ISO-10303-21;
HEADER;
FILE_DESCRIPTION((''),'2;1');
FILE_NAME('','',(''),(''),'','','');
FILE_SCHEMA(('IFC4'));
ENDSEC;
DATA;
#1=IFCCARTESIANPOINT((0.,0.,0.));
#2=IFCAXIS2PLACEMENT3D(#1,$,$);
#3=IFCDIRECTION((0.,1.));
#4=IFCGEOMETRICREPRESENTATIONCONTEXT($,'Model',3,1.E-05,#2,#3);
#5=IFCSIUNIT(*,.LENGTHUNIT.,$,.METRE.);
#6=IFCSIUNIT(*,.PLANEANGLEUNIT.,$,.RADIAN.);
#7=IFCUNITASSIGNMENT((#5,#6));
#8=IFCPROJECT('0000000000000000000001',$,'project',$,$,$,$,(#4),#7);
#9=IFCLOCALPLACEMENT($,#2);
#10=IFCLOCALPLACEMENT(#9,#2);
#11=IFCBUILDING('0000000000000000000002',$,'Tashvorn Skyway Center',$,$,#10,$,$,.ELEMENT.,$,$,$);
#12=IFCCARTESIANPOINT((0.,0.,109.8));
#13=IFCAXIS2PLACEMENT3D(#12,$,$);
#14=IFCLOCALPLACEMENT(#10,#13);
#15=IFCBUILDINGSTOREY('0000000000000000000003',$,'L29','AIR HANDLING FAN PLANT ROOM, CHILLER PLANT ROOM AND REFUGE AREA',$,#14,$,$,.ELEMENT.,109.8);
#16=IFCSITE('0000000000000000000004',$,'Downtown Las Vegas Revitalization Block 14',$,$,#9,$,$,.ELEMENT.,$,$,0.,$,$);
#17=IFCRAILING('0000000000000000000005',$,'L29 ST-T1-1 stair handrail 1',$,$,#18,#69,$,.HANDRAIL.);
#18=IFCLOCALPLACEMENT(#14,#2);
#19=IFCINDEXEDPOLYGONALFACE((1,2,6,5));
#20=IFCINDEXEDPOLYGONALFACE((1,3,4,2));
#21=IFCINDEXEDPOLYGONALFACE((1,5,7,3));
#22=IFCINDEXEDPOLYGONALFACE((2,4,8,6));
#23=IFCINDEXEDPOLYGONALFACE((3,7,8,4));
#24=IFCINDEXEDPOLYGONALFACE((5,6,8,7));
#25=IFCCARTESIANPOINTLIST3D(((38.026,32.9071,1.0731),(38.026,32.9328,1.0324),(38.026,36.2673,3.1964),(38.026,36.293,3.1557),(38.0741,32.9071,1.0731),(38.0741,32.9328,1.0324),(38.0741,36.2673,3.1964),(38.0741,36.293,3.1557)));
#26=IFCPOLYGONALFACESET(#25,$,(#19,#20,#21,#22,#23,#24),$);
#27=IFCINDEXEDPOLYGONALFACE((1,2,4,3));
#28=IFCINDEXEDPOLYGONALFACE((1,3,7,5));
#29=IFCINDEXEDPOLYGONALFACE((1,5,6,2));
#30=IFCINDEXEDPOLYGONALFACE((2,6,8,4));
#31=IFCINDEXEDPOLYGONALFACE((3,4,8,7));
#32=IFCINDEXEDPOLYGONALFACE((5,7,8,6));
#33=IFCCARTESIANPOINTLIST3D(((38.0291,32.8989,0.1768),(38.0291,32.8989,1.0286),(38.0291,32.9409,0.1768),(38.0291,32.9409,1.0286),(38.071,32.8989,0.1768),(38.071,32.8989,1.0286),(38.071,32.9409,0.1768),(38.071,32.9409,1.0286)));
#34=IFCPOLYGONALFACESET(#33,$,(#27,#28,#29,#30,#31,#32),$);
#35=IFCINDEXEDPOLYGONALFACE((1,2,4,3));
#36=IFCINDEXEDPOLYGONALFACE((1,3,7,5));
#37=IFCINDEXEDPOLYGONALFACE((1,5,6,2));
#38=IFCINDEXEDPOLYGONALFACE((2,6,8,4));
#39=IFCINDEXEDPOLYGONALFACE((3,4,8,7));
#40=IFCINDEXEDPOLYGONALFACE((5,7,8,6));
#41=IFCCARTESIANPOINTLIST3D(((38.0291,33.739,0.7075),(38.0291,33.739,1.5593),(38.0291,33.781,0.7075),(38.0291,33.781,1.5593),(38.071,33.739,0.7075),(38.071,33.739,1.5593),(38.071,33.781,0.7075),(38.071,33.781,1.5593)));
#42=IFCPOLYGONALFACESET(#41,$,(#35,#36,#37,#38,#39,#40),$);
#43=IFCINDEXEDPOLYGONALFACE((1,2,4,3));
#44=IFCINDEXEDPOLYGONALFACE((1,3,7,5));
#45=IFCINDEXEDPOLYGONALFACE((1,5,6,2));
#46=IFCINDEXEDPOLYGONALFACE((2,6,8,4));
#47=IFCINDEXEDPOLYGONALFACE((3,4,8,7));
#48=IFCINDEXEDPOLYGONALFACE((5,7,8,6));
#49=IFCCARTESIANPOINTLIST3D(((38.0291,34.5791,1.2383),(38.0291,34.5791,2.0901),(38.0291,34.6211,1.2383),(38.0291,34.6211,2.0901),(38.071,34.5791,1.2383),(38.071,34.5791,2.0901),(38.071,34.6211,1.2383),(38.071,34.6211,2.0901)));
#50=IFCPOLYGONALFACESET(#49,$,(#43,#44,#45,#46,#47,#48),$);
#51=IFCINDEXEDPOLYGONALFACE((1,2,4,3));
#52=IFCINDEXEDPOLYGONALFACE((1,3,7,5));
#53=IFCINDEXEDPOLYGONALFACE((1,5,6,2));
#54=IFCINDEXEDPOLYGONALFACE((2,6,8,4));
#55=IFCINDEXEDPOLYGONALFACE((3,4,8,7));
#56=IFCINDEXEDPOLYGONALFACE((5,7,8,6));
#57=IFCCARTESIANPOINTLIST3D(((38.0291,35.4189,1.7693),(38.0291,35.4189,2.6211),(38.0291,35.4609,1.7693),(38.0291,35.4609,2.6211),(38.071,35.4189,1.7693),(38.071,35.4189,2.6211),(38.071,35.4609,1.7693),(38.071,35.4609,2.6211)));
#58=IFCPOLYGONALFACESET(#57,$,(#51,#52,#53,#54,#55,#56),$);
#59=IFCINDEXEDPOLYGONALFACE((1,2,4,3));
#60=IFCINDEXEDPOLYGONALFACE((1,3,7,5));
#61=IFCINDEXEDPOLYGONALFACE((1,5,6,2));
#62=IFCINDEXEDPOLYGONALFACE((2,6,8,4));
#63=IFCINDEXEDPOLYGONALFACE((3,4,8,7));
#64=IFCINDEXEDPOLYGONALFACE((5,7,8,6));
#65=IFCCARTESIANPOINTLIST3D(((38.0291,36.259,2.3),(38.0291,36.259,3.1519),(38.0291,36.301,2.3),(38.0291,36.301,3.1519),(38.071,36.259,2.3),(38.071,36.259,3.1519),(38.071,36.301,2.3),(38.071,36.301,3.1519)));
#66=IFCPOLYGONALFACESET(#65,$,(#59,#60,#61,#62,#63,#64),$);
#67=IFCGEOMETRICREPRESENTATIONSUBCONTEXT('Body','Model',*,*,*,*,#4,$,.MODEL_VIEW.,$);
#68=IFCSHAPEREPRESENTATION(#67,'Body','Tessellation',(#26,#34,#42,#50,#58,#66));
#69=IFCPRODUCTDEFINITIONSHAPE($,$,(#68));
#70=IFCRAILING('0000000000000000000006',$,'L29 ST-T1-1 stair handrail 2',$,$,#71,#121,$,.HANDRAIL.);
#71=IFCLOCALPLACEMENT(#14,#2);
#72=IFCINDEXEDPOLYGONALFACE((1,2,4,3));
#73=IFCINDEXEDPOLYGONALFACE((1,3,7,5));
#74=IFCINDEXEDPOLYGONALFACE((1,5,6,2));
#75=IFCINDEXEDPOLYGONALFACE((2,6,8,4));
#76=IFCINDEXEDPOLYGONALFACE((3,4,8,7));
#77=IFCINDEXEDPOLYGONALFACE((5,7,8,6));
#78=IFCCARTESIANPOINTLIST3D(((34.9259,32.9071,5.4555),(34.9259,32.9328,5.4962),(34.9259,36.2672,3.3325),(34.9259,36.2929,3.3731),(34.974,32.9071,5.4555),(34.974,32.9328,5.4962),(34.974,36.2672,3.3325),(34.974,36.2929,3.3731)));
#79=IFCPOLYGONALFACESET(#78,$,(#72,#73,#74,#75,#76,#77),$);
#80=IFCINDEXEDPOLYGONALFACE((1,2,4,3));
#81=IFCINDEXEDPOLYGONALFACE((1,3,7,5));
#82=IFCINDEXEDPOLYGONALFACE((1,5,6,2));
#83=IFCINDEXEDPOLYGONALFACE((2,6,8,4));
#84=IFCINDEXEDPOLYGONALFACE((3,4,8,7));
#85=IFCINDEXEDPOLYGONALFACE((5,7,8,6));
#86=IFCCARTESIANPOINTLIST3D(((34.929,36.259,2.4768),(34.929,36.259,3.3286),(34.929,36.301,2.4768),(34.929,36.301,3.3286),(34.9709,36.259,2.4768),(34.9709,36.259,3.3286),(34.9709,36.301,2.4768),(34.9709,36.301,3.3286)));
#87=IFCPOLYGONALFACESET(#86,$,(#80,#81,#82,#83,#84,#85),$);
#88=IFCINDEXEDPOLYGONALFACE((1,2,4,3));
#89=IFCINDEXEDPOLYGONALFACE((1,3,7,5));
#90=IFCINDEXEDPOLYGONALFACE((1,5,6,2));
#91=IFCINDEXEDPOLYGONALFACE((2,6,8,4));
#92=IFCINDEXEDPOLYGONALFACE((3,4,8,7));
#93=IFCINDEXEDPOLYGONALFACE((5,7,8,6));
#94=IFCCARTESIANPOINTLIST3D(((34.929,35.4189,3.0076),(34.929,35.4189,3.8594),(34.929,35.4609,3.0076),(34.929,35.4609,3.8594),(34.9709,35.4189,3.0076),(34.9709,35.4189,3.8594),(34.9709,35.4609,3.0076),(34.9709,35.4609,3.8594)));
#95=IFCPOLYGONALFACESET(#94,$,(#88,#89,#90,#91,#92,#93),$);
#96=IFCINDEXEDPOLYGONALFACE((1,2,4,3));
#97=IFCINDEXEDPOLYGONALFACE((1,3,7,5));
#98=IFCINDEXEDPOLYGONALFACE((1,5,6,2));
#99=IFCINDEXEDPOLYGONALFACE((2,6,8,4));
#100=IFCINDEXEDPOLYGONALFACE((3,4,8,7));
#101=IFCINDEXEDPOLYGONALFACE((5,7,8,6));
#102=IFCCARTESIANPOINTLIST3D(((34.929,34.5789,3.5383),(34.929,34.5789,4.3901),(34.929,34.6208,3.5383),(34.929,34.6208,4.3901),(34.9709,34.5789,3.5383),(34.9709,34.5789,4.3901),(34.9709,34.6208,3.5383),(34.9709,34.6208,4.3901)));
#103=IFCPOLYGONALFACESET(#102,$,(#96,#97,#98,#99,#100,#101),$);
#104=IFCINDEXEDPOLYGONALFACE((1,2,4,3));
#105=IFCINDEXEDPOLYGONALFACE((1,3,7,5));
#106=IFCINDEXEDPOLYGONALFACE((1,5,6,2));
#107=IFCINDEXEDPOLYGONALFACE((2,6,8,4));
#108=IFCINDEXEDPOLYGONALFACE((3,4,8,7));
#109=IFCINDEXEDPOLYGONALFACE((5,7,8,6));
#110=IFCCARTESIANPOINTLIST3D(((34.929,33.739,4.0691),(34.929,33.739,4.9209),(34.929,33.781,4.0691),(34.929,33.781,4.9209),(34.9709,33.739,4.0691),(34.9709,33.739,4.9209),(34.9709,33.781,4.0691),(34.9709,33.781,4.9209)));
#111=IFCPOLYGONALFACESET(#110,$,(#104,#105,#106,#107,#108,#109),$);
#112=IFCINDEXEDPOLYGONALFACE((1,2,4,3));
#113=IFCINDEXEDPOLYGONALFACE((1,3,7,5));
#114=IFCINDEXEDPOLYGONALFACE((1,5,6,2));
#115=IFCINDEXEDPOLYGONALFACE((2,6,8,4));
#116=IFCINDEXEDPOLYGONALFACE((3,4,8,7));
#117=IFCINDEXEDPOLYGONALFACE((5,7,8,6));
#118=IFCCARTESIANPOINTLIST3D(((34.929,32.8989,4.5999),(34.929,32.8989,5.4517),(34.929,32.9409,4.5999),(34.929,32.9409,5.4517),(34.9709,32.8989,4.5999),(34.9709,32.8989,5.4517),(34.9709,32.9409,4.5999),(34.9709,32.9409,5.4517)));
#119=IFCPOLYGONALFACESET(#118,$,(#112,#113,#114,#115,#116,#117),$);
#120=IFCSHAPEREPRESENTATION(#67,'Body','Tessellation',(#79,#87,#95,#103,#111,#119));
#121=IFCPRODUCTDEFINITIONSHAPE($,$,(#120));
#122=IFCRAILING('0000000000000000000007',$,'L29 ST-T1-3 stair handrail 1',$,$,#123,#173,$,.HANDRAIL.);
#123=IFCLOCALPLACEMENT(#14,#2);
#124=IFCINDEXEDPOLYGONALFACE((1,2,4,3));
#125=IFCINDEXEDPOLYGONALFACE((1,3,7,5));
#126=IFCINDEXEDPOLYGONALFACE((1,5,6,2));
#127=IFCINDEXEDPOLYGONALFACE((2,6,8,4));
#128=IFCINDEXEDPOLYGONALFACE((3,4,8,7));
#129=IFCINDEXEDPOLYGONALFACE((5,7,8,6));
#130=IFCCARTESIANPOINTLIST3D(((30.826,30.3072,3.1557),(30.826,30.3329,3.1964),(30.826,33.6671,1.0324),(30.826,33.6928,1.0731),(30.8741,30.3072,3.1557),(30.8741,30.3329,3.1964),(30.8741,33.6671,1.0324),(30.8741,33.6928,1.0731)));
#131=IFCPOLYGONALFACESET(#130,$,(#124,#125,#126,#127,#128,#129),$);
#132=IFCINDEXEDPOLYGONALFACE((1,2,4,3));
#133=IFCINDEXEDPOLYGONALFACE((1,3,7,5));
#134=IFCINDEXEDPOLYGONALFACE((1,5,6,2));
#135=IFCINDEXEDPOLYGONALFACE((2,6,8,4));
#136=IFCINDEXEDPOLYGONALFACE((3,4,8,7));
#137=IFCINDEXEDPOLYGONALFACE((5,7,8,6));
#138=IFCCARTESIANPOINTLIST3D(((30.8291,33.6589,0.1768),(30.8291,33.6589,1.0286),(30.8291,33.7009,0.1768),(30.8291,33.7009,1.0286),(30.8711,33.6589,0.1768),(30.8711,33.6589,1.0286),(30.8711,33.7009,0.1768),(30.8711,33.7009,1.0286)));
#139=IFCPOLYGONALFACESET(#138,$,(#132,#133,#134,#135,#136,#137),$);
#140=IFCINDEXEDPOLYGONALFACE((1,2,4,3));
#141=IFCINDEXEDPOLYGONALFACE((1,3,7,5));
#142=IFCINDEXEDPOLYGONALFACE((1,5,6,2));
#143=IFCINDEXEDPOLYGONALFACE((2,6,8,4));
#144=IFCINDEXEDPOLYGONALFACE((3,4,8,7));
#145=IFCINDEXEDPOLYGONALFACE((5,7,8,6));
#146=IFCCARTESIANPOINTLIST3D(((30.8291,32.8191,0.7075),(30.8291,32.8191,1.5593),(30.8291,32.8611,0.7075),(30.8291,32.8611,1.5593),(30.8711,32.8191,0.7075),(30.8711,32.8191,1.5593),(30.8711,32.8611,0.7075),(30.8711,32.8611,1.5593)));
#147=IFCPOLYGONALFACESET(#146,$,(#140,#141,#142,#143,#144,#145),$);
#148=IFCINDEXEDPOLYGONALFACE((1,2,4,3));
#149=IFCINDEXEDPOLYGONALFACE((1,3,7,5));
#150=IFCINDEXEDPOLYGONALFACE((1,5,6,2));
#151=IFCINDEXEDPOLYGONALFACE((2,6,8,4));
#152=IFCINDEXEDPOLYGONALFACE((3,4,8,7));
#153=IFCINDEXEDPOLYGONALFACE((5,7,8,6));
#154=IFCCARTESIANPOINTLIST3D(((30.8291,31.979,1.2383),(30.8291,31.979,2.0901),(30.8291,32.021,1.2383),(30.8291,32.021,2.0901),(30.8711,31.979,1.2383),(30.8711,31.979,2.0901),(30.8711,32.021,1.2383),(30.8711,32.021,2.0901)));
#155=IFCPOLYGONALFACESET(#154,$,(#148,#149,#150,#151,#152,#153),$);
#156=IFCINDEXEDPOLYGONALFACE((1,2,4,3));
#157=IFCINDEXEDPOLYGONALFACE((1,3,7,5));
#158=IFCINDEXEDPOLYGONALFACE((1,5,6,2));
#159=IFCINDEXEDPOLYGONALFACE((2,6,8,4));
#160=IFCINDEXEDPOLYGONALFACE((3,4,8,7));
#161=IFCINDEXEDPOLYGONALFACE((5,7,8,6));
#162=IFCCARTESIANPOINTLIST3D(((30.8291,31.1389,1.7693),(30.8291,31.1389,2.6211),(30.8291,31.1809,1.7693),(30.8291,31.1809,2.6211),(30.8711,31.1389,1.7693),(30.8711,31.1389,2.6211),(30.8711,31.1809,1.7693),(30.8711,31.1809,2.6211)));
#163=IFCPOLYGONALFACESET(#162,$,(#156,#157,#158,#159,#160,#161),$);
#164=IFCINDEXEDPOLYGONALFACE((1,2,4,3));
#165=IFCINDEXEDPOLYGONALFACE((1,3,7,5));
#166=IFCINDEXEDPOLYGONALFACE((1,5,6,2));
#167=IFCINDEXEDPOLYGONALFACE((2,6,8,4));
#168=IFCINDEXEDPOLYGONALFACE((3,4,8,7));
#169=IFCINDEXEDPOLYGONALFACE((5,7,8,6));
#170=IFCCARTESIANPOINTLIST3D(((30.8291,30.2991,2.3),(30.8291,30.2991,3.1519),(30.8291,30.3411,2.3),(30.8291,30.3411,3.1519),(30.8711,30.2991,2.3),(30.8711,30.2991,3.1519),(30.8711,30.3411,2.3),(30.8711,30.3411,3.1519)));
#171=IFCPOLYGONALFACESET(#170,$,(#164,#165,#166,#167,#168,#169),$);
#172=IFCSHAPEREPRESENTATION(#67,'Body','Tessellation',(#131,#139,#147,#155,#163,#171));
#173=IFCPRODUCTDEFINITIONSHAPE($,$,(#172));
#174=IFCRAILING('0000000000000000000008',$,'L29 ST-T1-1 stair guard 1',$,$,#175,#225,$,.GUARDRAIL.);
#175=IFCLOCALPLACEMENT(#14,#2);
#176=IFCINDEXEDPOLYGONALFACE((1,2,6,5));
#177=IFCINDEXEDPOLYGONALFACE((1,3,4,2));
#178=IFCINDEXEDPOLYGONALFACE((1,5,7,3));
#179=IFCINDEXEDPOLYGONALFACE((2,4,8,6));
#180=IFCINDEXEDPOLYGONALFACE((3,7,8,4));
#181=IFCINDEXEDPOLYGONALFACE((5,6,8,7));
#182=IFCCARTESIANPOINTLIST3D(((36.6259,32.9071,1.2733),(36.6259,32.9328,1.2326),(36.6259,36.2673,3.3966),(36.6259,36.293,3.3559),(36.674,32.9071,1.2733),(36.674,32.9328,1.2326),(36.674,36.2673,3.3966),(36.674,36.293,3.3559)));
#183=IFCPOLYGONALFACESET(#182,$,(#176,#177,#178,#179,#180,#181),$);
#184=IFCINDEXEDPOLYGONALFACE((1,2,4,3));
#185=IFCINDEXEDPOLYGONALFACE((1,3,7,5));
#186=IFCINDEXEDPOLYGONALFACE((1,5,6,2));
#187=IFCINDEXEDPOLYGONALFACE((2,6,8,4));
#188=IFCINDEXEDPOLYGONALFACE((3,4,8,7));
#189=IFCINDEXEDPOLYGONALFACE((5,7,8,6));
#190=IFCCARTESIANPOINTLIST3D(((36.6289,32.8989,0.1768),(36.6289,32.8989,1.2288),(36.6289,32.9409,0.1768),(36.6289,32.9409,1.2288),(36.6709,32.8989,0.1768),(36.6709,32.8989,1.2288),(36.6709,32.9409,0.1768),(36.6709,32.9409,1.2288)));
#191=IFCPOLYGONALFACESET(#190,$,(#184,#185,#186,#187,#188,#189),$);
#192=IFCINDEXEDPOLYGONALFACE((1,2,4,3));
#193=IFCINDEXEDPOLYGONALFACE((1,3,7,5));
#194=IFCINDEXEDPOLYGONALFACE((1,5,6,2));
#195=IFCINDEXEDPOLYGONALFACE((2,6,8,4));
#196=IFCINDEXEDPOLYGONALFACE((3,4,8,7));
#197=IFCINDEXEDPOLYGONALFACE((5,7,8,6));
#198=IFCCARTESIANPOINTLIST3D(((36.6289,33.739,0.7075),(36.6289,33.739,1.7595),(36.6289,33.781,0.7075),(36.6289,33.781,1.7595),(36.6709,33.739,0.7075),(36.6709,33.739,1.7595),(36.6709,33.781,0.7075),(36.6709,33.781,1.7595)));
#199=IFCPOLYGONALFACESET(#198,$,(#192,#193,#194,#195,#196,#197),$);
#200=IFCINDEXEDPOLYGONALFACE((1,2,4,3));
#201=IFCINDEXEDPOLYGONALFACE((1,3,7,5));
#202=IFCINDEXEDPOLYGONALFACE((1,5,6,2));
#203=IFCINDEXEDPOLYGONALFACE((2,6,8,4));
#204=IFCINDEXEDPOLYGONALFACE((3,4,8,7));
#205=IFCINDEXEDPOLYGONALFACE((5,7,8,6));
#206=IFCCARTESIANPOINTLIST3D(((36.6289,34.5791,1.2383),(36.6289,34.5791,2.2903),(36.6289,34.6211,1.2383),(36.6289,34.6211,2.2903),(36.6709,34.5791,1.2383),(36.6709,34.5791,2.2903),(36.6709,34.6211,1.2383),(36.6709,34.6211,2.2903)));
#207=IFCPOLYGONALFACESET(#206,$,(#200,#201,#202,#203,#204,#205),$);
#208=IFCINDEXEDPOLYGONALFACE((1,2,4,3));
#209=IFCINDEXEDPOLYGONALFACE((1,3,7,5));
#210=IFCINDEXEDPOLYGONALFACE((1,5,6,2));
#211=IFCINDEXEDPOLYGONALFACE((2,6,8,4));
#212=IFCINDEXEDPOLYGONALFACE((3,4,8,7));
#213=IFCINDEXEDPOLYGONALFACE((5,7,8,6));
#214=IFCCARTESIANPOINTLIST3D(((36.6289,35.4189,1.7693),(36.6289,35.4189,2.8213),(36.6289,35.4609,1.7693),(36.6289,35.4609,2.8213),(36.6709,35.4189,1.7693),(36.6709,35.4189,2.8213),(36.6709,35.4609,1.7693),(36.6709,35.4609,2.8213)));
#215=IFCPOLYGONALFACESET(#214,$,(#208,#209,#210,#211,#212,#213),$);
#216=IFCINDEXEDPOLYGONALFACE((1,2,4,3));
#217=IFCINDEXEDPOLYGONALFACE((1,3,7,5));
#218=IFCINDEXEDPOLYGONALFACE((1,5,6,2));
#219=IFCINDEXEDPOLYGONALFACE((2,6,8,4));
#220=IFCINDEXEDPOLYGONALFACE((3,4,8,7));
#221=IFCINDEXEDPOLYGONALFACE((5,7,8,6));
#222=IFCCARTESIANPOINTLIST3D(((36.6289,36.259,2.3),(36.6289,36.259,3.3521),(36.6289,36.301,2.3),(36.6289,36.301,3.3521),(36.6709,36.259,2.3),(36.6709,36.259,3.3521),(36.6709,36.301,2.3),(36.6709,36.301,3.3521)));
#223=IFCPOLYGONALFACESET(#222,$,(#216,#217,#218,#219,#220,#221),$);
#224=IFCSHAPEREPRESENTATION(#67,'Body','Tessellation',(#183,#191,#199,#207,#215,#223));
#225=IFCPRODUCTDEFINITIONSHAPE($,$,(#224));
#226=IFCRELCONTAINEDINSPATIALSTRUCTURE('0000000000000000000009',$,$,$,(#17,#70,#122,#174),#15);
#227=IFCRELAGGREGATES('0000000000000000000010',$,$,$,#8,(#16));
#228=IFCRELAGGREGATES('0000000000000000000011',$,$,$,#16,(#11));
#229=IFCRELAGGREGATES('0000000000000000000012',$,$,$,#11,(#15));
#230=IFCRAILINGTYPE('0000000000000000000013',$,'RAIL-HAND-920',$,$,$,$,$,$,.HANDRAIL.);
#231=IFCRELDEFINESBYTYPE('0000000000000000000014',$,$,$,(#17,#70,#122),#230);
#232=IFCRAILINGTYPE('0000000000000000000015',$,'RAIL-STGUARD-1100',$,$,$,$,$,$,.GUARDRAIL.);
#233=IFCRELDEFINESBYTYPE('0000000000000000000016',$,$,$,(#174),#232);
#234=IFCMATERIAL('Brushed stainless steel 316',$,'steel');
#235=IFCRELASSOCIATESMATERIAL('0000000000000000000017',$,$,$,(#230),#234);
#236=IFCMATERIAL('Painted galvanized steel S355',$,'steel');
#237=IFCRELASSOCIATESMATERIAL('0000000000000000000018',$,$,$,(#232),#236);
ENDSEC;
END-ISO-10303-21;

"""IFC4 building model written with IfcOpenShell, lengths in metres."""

from ifc_helpers import new_model, si_unit, direction, frame, origin, origin_2d, place, context, subcontext, project, spatial, rectangle, extrude, material, type_object, element, save


model = new_model("IFC4")

# Units and contexts
model_context = context("Model", 3, precision=1e-05, world=origin(), true_north=direction((0.0, 1.0)))
body_context = subcontext(model_context, "Body", "Model", "MODEL_VIEW")
ifc_project = project(units=[si_unit("LENGTHUNIT", "METRE"), si_unit("PLANEANGLEUNIT", "RADIAN")], contexts=[model_context])

# Site, building, storey
site_placement = place(None, origin())
site = spatial("IfcSite", under=ifc_project, at=site_placement, Name="Downtown Las Vegas Revitalization Block 14", CompositionType="ELEMENT", RefElevation=0.0)
building_placement = place(site_placement, origin())
building = spatial("IfcBuilding", under=site, at=building_placement, Name="Tashvorn Skyway Center", CompositionType="ELEMENT")
storey_placement = place(building_placement, frame((0.0, 0.0, 109.8)))
storey = spatial("IfcBuildingStorey", under=building, at=storey_placement, Name="L29", Description="AIR HANDLING FAN PLANT ROOM, CHILLER PLANT ROOM AND REFUGE AREA", CompositionType="ELEMENT", Elevation=109.8)

# Railings
ifc_material_1 = material(Name="Brushed stainless steel 316", Category="steel")
railing_type_1 = type_object("IfcRailingType", Name="RAIL-HAND-920", PredefinedType="HANDRAIL", material=ifc_material_1)
railing_1_placement = place(storey_placement, frame((38.05, 32.9199, 0.1768)))
element("IfcRailing", 1, at=railing_1_placement, inside=storey, type_object=railing_type_1, Name="L29 ST-T1-1 stair handrail 1", PredefinedType="HANDRAIL", context=body_context, shape_type="SweptSolid", body=[
    extrude(rectangle(XDim=0.0481, YDim=0.0481, at=origin_2d()), frame((0.0, 0.0, 0.876), z_axis=(0.0, 0.845362, 0.534194), x_axis=(-1.0, 0.0, 0.0)), (0.0, 0.0, 1.0), 3.9749),
    extrude(rectangle(XDim=0.042, YDim=0.042, at=origin_2d()), origin(), (0.0, 0.0, 1.0), 0.8518),
    extrude(rectangle(XDim=0.042, YDim=0.042, at=origin_2d()), frame((0.0, 0.8401, 0.5308)), (0.0, 0.0, 1.0), 0.8518),
    extrude(rectangle(XDim=0.042, YDim=0.042, at=origin_2d()), frame((0.0, 1.6802, 1.0615)), (0.0, 0.0, 1.0), 0.8518),
    extrude(rectangle(XDim=0.042, YDim=0.042, at=origin_2d()), frame((0.0, 2.52, 1.5925)), (0.0, 0.0, 1.0), 0.8518),
    extrude(rectangle(XDim=0.042, YDim=0.042, at=origin_2d()), frame((0.0, 3.3601, 2.1233)), (0.0, 0.0, 1.0), 0.8518),
])
railing_2_placement = place(storey_placement, frame((34.95, 36.28, 2.4768)))
element("IfcRailing", 2, at=railing_2_placement, inside=storey, type_object=railing_type_1, Name="L29 ST-T1-1 stair handrail 2", PredefinedType="HANDRAIL", context=body_context, shape_type="SweptSolid", body=[
    extrude(rectangle(XDim=0.0481, YDim=0.0481, at=origin_2d()), frame((0.0, 0.0, 0.876), z_axis=(0.0, -0.84539, 0.53415), x_axis=(1.0, 0.0, 0.0)), (0.0, 0.0, 1.0), 3.9746),
    extrude(rectangle(XDim=0.042, YDim=0.042, at=origin_2d()), origin(), (0.0, 0.0, 1.0), 0.8518),
    extrude(rectangle(XDim=0.042, YDim=0.042, at=origin_2d()), frame((0.0, -0.8401, 0.5308)), (0.0, 0.0, 1.0), 0.8518),
    extrude(rectangle(XDim=0.042, YDim=0.042, at=origin_2d()), frame((0.0, -1.6802, 1.0615)), (0.0, 0.0, 1.0), 0.8518),
    extrude(rectangle(XDim=0.042, YDim=0.042, at=origin_2d()), frame((0.0, -2.52, 1.5923)), (0.0, 0.0, 1.0), 0.8518),
    extrude(rectangle(XDim=0.042, YDim=0.042, at=origin_2d()), frame((0.0, -3.3601, 2.123)), (0.0, 0.0, 1.0), 0.8518),
])
railing_3_placement = place(storey_placement, frame((30.8501, 33.6799, 0.1768)))
element("IfcRailing", 3, at=railing_3_placement, inside=storey, type_object=railing_type_1, Name="L29 ST-T1-3 stair handrail 1", PredefinedType="HANDRAIL", context=body_context, shape_type="SweptSolid", body=[
    extrude(rectangle(XDim=0.0481, YDim=0.0481, at=origin_2d()), frame((0.0, 0.0, 0.876), z_axis=(0.0, -0.845344, 0.534222), x_axis=(1.0, 0.0, 0.0)), (0.0, 0.0, 1.0), 3.9746),
    extrude(rectangle(XDim=0.042, YDim=0.042, at=origin_2d()), origin(), (0.0, 0.0, 1.0), 0.8518),
    extrude(rectangle(XDim=0.042, YDim=0.042, at=origin_2d()), frame((0.0, -0.8398, 0.5308)), (0.0, 0.0, 1.0), 0.8518),
    extrude(rectangle(XDim=0.042, YDim=0.042, at=origin_2d()), frame((0.0, -1.6799, 1.0615)), (0.0, 0.0, 1.0), 0.8518),
    extrude(rectangle(XDim=0.042, YDim=0.042, at=origin_2d()), frame((0.0, -2.52, 1.5925)), (0.0, 0.0, 1.0), 0.8518),
    extrude(rectangle(XDim=0.042, YDim=0.042, at=origin_2d()), frame((0.0, -3.3599, 2.1233)), (0.0, 0.0, 1.0), 0.8518),
])
ifc_material_2 = material(Name="Painted galvanized steel S355", Category="steel")
railing_type_2 = type_object("IfcRailingType", Name="RAIL-STGUARD-1100", PredefinedType="GUARDRAIL", material=ifc_material_2)
railing_4_placement = place(storey_placement, frame((36.6499, 32.9199, 0.1768)))
element("IfcRailing", 4, at=railing_4_placement, inside=storey, type_object=railing_type_2, Name="L29 ST-T1-1 stair guard 1", PredefinedType="GUARDRAIL", context=body_context, shape_type="SweptSolid", body=[
    extrude(rectangle(XDim=0.0481, YDim=0.0481, at=origin_2d()), frame((0.0, 0.0, 1.0762), z_axis=(0.0, 0.845362, 0.534194), x_axis=(-1.0, 0.0, 0.0)), (0.0, 0.0, 1.0), 3.9749),
    extrude(rectangle(XDim=0.042, YDim=0.042, at=origin_2d()), origin(), (0.0, 0.0, 1.0), 1.052),
    extrude(rectangle(XDim=0.042, YDim=0.042, at=origin_2d()), frame((0.0, 0.8401, 0.5308)), (0.0, 0.0, 1.0), 1.052),
    extrude(rectangle(XDim=0.042, YDim=0.042, at=origin_2d()), frame((0.0, 1.6802, 1.0615)), (0.0, 0.0, 1.0), 1.052),
    extrude(rectangle(XDim=0.042, YDim=0.042, at=origin_2d()), frame((0.0, 2.52, 1.5925)), (0.0, 0.0, 1.0), 1.052),
    extrude(rectangle(XDim=0.042, YDim=0.042, at=origin_2d()), frame((0.0, 3.3601, 2.1233)), (0.0, 0.0, 1.0), 1.052),
])

save(model, "model.ifc")
